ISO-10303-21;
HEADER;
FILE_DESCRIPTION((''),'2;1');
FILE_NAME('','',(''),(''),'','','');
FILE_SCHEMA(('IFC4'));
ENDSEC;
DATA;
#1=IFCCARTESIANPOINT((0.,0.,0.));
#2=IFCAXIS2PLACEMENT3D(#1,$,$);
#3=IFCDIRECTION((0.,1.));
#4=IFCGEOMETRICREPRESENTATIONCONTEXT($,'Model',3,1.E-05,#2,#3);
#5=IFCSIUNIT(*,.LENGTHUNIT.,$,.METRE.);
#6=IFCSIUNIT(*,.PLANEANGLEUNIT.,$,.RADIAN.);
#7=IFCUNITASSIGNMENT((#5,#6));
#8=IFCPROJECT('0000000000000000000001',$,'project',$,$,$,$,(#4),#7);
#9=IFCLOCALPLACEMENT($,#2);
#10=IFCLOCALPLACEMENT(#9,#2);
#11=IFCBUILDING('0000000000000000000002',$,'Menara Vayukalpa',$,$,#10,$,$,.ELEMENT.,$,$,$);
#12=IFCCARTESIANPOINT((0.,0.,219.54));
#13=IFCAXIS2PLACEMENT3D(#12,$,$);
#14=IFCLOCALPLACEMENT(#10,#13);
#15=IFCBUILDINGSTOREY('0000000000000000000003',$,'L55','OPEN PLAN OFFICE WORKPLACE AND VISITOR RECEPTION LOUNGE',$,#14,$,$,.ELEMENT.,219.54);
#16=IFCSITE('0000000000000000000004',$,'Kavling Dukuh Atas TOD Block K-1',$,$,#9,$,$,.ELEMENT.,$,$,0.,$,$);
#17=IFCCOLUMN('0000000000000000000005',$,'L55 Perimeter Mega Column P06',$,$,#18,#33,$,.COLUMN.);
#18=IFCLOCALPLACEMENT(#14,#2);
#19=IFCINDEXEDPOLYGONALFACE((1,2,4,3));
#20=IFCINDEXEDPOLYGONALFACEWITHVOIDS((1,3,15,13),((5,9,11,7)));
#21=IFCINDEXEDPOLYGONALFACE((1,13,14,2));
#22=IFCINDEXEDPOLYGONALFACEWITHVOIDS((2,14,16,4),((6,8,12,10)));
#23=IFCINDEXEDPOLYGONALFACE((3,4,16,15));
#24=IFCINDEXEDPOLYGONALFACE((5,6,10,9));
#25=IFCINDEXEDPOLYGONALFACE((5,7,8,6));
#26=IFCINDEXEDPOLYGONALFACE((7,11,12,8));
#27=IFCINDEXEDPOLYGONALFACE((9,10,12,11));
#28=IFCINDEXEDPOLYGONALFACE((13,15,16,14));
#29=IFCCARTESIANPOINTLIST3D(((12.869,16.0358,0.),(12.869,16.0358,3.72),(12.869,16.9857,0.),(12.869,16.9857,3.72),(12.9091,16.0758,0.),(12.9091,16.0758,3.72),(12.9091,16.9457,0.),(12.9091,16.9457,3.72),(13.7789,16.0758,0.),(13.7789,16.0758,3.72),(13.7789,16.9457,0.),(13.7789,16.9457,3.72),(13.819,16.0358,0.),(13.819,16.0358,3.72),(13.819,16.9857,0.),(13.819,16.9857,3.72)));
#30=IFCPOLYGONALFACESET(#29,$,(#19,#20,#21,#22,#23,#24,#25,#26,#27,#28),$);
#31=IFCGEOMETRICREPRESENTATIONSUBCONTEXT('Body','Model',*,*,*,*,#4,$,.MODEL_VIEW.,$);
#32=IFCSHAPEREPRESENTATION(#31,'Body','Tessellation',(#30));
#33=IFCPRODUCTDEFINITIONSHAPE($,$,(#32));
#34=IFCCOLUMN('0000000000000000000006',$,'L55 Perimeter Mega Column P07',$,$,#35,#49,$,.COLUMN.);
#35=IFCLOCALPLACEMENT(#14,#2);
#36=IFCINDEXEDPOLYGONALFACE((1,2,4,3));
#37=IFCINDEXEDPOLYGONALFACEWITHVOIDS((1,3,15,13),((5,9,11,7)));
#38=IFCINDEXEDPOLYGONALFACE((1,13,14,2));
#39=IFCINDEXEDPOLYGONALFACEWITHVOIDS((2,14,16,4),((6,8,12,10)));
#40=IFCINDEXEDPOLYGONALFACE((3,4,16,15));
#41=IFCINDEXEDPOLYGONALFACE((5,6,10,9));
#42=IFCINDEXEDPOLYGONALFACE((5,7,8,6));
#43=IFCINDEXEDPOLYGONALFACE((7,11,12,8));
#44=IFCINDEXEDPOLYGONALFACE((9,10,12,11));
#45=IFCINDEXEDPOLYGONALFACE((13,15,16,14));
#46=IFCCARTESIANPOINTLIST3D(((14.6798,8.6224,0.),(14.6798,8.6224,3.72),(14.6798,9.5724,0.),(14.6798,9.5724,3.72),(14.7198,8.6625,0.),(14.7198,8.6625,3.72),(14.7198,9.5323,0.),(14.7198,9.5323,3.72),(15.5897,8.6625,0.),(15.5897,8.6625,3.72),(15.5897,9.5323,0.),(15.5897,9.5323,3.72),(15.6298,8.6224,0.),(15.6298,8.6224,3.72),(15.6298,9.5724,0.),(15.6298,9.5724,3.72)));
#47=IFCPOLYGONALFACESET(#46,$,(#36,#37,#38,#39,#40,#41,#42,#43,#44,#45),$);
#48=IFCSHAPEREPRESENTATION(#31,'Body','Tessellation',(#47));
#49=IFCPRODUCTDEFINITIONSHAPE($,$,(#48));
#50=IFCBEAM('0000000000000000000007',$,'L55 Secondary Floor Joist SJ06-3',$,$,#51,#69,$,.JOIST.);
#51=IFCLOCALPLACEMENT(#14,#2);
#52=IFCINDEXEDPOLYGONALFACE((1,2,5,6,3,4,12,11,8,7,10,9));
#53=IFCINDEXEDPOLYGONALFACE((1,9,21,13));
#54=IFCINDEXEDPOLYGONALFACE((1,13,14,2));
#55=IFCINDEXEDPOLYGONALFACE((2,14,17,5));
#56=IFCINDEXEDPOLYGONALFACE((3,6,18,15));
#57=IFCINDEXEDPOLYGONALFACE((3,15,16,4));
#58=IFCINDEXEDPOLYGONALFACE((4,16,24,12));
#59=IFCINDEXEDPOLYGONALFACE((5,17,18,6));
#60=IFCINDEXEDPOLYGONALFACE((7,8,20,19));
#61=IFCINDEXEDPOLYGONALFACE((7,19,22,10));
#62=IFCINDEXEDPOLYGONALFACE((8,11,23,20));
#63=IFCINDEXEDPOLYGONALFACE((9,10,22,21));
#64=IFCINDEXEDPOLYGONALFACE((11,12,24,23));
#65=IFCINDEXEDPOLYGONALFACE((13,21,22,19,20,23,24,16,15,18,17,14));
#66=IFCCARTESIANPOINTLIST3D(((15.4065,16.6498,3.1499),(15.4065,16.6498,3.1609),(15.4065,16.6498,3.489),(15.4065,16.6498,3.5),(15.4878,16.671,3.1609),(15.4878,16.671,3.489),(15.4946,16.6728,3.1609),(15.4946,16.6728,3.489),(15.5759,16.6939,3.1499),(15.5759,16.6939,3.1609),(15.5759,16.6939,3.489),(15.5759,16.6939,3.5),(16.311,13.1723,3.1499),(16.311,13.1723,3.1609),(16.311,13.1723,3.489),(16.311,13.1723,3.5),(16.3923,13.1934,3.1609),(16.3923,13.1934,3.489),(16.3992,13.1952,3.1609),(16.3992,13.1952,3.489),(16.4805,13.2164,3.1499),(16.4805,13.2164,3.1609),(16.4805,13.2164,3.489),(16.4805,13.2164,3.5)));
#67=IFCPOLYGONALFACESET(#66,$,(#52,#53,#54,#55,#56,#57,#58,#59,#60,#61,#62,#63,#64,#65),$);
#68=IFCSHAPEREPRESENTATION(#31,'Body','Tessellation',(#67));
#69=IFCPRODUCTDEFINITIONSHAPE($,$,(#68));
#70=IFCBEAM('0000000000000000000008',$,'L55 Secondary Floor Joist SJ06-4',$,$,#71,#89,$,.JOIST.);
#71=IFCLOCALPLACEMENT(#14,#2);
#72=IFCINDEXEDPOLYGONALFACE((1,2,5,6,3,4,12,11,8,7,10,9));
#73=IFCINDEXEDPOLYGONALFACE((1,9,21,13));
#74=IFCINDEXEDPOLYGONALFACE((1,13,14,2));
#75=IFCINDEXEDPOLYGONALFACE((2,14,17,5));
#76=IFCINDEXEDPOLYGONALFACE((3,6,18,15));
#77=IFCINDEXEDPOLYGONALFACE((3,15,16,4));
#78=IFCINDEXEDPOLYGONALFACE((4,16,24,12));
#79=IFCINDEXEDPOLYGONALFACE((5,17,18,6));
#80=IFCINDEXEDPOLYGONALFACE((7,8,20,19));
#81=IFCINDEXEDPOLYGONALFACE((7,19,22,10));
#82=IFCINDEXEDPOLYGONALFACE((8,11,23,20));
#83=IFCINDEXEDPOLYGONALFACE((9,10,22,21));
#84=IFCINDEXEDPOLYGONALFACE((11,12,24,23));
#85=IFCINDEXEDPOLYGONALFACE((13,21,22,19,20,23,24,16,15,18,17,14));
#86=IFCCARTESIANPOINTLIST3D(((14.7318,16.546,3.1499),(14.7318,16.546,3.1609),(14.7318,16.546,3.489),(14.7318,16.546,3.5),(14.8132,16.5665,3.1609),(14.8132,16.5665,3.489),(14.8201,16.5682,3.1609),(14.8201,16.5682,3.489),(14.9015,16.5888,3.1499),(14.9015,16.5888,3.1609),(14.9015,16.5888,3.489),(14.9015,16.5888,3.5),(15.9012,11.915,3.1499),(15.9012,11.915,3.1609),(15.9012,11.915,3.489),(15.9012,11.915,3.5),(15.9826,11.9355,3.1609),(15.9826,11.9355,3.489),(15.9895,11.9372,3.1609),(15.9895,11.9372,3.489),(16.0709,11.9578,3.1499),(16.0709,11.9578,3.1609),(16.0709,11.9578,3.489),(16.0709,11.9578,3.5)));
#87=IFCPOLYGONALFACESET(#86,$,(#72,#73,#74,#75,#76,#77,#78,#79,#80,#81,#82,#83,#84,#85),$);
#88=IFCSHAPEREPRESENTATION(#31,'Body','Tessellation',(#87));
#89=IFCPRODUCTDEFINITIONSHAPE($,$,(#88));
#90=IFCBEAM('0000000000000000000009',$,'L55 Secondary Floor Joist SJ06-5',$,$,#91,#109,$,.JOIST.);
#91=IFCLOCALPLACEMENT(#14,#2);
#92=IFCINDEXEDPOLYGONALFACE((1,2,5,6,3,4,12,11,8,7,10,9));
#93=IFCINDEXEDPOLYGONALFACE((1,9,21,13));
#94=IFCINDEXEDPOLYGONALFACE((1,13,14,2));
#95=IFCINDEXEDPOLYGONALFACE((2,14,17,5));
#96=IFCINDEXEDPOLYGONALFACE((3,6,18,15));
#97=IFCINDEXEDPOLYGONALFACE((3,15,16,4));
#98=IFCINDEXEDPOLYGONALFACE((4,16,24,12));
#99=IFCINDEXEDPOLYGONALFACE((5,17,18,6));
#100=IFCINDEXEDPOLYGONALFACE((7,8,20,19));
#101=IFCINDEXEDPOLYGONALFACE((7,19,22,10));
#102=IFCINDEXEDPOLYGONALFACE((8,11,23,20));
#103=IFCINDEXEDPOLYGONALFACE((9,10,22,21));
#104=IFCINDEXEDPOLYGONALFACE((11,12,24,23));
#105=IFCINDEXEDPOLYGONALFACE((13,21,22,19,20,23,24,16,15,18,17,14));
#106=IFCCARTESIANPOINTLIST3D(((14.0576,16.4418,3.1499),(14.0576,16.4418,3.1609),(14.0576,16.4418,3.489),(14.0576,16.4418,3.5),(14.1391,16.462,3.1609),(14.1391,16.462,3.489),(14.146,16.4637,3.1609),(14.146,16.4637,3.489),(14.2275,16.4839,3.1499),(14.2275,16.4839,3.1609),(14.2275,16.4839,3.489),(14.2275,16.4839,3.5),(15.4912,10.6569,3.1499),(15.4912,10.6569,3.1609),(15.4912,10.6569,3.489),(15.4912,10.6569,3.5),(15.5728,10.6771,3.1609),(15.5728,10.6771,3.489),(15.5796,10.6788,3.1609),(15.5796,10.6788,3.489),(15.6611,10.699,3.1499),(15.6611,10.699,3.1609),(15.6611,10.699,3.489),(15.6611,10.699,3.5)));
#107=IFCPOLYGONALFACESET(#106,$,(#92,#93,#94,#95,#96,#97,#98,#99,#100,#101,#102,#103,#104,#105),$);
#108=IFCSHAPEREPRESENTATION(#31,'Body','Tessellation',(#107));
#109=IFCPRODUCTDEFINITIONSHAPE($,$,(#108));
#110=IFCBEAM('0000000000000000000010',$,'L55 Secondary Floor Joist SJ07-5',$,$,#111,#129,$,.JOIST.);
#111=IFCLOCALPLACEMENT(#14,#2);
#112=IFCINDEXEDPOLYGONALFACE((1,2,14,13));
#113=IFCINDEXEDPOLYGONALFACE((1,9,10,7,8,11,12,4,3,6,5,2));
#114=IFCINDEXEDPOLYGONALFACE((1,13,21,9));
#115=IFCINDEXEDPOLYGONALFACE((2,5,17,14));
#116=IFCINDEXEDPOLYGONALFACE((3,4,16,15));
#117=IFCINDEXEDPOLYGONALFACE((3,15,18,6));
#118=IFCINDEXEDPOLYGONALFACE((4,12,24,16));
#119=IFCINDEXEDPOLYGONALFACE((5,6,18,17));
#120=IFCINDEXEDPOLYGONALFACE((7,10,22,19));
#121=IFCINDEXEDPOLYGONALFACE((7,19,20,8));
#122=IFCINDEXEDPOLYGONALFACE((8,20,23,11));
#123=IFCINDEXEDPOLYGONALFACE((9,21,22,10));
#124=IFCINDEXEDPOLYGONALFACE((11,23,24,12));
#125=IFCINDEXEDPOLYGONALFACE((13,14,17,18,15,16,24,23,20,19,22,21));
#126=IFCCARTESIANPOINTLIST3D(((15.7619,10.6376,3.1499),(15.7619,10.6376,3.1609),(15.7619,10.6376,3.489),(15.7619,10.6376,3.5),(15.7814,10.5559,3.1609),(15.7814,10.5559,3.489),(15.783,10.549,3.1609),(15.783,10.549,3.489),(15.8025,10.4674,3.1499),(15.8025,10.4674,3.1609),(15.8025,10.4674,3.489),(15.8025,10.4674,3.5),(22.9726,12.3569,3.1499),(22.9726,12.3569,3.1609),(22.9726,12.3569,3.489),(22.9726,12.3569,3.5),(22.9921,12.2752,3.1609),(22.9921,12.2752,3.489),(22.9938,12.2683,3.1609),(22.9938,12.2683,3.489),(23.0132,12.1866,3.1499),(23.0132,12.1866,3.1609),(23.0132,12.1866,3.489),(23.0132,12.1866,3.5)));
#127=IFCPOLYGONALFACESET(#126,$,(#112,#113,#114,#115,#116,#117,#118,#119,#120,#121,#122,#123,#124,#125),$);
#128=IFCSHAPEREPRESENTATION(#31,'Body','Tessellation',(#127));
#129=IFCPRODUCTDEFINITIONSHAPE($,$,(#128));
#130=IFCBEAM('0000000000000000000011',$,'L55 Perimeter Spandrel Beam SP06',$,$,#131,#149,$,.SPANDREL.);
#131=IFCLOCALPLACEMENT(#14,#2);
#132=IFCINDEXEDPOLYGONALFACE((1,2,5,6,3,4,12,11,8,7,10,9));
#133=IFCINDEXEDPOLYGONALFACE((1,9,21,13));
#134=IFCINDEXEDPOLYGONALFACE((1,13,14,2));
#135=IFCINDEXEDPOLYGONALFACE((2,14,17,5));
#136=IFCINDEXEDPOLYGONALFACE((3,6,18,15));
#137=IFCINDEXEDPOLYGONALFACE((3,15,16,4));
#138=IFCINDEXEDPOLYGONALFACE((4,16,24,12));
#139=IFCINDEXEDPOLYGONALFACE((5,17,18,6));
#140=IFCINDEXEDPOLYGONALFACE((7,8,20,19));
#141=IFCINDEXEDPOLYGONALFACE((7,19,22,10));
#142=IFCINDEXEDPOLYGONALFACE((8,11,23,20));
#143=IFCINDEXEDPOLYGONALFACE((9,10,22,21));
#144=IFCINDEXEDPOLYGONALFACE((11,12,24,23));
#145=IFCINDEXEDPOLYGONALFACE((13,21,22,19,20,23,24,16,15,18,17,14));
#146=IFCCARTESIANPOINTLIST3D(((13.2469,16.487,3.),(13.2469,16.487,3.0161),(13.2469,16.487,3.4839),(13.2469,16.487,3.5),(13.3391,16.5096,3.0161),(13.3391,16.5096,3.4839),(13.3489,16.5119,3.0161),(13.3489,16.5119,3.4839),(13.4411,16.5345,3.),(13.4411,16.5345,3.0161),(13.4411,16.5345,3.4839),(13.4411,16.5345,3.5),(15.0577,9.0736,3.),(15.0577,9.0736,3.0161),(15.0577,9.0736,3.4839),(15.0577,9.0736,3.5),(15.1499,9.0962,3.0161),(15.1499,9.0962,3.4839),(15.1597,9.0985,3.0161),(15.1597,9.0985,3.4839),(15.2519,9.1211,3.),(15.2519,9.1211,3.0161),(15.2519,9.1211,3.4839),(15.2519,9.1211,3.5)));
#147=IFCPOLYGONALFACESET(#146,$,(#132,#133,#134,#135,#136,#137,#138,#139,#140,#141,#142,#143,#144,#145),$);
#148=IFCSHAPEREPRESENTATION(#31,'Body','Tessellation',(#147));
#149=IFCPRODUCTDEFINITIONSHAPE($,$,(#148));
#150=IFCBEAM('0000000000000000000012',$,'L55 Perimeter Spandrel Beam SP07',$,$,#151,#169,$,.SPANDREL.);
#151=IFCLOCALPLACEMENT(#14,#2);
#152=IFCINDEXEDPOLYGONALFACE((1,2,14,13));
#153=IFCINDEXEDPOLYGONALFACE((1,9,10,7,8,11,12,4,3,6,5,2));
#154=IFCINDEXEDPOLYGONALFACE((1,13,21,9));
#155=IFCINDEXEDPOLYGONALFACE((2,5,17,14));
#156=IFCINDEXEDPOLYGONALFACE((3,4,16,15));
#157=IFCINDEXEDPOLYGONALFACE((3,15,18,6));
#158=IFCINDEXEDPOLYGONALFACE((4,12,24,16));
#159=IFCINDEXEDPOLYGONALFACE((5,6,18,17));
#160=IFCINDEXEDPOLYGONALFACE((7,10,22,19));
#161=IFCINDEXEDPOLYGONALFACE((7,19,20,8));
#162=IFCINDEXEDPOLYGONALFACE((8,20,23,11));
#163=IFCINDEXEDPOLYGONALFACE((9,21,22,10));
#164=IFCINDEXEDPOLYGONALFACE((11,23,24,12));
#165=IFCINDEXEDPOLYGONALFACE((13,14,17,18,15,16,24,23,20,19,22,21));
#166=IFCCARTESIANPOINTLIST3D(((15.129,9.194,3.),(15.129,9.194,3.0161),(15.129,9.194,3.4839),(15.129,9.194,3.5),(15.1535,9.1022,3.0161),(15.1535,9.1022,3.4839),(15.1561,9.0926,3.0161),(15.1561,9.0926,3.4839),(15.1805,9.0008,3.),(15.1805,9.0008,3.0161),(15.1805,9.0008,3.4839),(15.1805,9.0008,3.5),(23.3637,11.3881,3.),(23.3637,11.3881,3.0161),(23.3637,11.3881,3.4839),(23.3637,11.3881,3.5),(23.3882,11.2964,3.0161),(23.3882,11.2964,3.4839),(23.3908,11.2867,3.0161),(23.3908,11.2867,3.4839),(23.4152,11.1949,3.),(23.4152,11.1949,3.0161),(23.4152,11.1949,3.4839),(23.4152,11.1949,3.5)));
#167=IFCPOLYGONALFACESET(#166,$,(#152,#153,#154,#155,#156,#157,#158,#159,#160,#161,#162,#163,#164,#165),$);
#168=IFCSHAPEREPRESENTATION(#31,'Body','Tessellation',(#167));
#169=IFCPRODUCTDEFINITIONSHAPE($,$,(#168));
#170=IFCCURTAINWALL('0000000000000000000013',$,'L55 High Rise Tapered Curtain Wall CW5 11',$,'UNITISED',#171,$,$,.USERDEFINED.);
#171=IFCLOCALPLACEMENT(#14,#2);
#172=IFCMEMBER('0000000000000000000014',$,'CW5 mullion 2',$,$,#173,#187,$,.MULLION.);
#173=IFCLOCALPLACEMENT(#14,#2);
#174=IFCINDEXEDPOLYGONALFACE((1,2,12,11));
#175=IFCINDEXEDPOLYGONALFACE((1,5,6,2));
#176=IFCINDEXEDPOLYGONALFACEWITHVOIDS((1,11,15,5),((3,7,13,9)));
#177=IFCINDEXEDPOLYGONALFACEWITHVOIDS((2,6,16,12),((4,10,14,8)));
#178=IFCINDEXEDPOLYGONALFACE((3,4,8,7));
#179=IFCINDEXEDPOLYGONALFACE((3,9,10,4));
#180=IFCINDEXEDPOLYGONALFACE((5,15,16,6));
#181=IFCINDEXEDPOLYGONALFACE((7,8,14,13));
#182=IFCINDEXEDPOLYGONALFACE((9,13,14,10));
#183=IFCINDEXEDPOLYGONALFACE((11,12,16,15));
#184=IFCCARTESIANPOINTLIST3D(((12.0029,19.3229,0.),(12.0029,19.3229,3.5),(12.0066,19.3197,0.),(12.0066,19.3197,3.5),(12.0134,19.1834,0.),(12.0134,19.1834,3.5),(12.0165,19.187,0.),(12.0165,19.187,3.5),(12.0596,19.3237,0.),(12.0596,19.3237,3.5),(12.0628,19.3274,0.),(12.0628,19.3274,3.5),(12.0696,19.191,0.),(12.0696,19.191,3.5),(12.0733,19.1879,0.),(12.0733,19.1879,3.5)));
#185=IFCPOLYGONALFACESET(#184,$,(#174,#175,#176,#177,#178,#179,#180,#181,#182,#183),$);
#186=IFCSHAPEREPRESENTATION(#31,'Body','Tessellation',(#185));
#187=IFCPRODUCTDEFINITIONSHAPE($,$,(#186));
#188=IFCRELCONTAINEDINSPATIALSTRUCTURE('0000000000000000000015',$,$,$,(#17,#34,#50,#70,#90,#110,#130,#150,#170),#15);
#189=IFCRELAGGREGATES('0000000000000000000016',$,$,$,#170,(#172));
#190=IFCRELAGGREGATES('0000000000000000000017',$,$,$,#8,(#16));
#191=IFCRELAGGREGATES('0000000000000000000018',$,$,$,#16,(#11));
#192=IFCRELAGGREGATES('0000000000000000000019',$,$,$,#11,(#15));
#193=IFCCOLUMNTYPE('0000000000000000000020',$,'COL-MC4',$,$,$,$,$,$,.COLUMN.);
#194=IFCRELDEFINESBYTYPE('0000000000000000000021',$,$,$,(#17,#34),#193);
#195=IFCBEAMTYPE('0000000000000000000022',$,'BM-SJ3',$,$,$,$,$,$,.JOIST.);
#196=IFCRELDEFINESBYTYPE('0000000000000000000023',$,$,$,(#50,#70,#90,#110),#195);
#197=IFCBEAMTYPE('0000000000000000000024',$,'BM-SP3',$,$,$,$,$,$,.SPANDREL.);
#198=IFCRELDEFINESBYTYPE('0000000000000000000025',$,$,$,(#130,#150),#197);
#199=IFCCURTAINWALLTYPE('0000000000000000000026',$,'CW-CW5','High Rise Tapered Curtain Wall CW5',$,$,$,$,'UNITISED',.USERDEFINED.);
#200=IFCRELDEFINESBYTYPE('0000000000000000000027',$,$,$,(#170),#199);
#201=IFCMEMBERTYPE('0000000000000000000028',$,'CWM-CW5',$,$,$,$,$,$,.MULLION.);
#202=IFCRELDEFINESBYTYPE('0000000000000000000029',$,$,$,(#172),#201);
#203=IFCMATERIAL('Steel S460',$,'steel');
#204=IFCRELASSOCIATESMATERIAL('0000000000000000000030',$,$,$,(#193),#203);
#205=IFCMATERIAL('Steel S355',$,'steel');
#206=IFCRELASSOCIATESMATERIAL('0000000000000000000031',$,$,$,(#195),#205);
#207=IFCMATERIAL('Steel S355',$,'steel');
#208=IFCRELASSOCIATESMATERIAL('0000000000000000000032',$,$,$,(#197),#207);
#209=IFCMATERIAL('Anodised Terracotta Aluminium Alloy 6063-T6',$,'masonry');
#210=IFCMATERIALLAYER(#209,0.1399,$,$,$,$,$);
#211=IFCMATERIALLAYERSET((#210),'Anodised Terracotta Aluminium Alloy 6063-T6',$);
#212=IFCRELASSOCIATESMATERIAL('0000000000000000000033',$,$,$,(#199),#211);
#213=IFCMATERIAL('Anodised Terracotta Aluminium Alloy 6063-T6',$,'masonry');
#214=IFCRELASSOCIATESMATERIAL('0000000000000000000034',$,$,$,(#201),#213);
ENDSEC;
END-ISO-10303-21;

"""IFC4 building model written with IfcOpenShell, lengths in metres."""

from ifc_helpers import new_model, si_unit, direction, frame, origin, origin_2d, place, context, subcontext, project, spatial, hollow_rectangle, i_section, extrude, material, layer, layer_set, material_profile, profile_set, type_object, element, aggregate, save


model = new_model("IFC4")

# Units and contexts
model_context = context("Model", 3, precision=1e-05, world=origin(), true_north=direction((0.0, 1.0)))
body_context = subcontext(model_context, "Body", "Model", "MODEL_VIEW")
ifc_project = project(units=[si_unit("LENGTHUNIT", "METRE"), si_unit("PLANEANGLEUNIT", "RADIAN")], contexts=[model_context])

# Site, building, storey
site_placement = place(None, origin())
site = spatial("IfcSite", under=ifc_project, at=site_placement, Name="Kavling Dukuh Atas TOD Block K-1", CompositionType="ELEMENT", RefElevation=0.0)
building_placement = place(site_placement, origin())
building = spatial("IfcBuilding", under=site, at=building_placement, Name="Menara Vayukalpa", CompositionType="ELEMENT")
storey_placement = place(building_placement, frame((0.0, 0.0, 219.54)))
storey = spatial("IfcBuildingStorey", under=building, at=storey_placement, Name="L55", Description="OPEN PLAN OFFICE WORKPLACE AND VISITOR RECEPTION LOUNGE", CompositionType="ELEMENT", Elevation=219.54)

# Columns
ifc_material_1 = material(Name="Steel S460", Category="steel")
ifc_material_profile_1 = material_profile(ifc_material_1, hollow_rectangle(XDim=0.95, YDim=0.95, WallThickness=0.04, at=origin_2d()), Name="BOX 950x950x40")
ifc_profile_set_1 = profile_set([ifc_material_profile_1], Name="Steel S460")
column_type = type_object("IfcColumnType", Name="COL-MC4", PredefinedType="COLUMN", material=ifc_profile_set_1)
for number, where, z_axis, x_axis, name in (
    (1, (13.344, 16.5107, 0.0), (0.0, 0.0, 1.0), (1.0, 0.0, 0.0), "L55 Perimeter Mega Column P06"),
    (2, (15.1548, 9.0974, 0.0), (0.0, 0.0, 1.0), (1.0, 0.0, 0.0), "L55 Perimeter Mega Column P07"),
):
    element("IfcColumn", number, at=place(storey_placement, frame(where, z_axis=z_axis, x_axis=x_axis)), inside=storey, type_object=column_type, Name=name, PredefinedType="COLUMN", context=body_context, shape_type="SweptSolid", body=[
        extrude(hollow_rectangle(XDim=0.95, YDim=0.95, WallThickness=0.04, at=origin_2d()), origin(), (0.0, 0.0, 1.0), 3.72),
    ])

# Beams
ifc_material_2 = material(Name="Steel S355", Category="steel")
ifc_material_profile_2 = material_profile(ifc_material_2, i_section(OverallWidth=0.175, OverallDepth=0.3501, WebThickness=0.0071, FlangeThickness=0.011, at=origin_2d()), Name="WF 350x175x7x11")
ifc_profile_set_2 = profile_set([ifc_material_profile_2], Name="Steel S355")
beam_type_1 = type_object("IfcBeamType", Name="BM-SJ3", PredefinedType="JOIST", material=ifc_profile_set_2)
beam_1_placement = place(storey_placement, frame((15.4912, 16.6719, 3.325), z_axis=(0.251733, -0.967797, 0.0), x_axis=(0.967797, 0.251733, 0.0)))
element("IfcBeam", 3, at=beam_1_placement, inside=storey, type_object=beam_type_1, Name="L55 Secondary Floor Joist SJ06-3", PredefinedType="JOIST", context=body_context, shape_type="SweptSolid", body=[
    extrude(i_section(OverallWidth=0.175, OverallDepth=0.3501, WebThickness=0.0071, FlangeThickness=0.011, at=origin_2d()), origin(), (0.0, 0.0, 1.0), 3.5933),
])
beam_2_placement = place(storey_placement, frame((14.8167, 16.5674, 3.325), z_axis=(0.244832, -0.969566, 0.0), x_axis=(0.969566, 0.244832, 0.0)))
element("IfcBeam", 4, at=beam_2_placement, inside=storey, type_object=beam_type_1, Name="L55 Secondary Floor Joist SJ06-4", PredefinedType="JOIST", context=body_context, shape_type="SweptSolid", body=[
    extrude(i_section(OverallWidth=0.175, OverallDepth=0.3501, WebThickness=0.0071, FlangeThickness=0.011, at=origin_2d()), origin(), (0.0, 0.0, 1.0), 4.7764),
])
beam_3_placement = place(storey_placement, frame((14.1426, 16.4629, 3.325), z_axis=(0.24054, -0.970639, 0.0), x_axis=(0.970639, 0.24054, 0.0)))
element("IfcBeam", 5, at=beam_3_placement, inside=storey, type_object=beam_type_1, Name="L55 Secondary Floor Joist SJ06-5", PredefinedType="JOIST", context=body_context, shape_type="SweptSolid", body=[
    extrude(i_section(OverallWidth=0.175, OverallDepth=0.3501, WebThickness=0.0071, FlangeThickness=0.011, at=origin_2d()), origin(), (0.0, 0.0, 1.0), 5.96),
])
beam_4_placement = place(storey_placement, frame((15.7822, 10.5525, 3.325), z_axis=(0.972733, 0.231928, 0.0), x_axis=(-0.231928, 0.972733, 0.0)))
element("IfcBeam", 6, at=beam_4_placement, inside=storey, type_object=beam_type_1, Name="L55 Secondary Floor Joist SJ07-5", PredefinedType="JOIST", context=body_context, shape_type="SweptSolid", body=[
    extrude(i_section(OverallWidth=0.175, OverallDepth=0.3501, WebThickness=0.0071, FlangeThickness=0.011, at=origin_2d()), origin(), (0.0, 0.0, 1.0), 7.4128),
])
ifc_material_3 = material(Name="Steel S355", Category="steel")
ifc_material_profile_3 = material_profile(ifc_material_3, i_section(OverallWidth=0.2, OverallDepth=0.5, WebThickness=0.01, FlangeThickness=0.0161, at=origin_2d()), Name="WF 500x200x10x16")
ifc_profile_set_3 = profile_set([ifc_material_profile_3], Name="Steel S355")
beam_type_2 = type_object("IfcBeamType", Name="BM-SP3", PredefinedType="SPANDREL", material=ifc_profile_set_3)
beam_5_placement = place(storey_placement, frame((13.344, 16.5107, 3.25), z_axis=(0.237285, -0.97144, 0.0), x_axis=(0.97144, 0.237285, 0.0)))
element("IfcBeam", 7, at=beam_5_placement, inside=storey, type_object=beam_type_2, Name="L55 Perimeter Spandrel Beam SP06", PredefinedType="SPANDREL", context=body_context, shape_type="SweptSolid", body=[
    extrude(i_section(OverallWidth=0.2, OverallDepth=0.5, WebThickness=0.01, FlangeThickness=0.0161, at=origin_2d()), origin(), (0.0, 0.0, 1.0), 7.6313),
])
beam_6_placement = place(storey_placement, frame((15.1548, 9.0974, 3.25), z_axis=(0.966288, 0.257465, 0.0), x_axis=(-0.257465, 0.966288, 0.0)))
element("IfcBeam", 8, at=beam_6_placement, inside=storey, type_object=beam_type_2, Name="L55 Perimeter Spandrel Beam SP07", PredefinedType="SPANDREL", context=body_context, shape_type="SweptSolid", body=[
    extrude(i_section(OverallWidth=0.2, OverallDepth=0.5, WebThickness=0.01, FlangeThickness=0.0161, at=origin_2d()), origin(), (0.0, 0.0, 1.0), 8.522),
])

# Curtain wall, member
ifc_material_4 = material(Name="Anodised Terracotta Aluminium Alloy 6063-T6", Category="masonry")
ifc_layer_1 = layer(ifc_material_4, 0.1399)
ifc_layer_set_1 = layer_set([ifc_layer_1], Name="Anodised Terracotta Aluminium Alloy 6063-T6")
curtain_wall_type = type_object("IfcCurtainWallType", Name="CW-CW5", Description="High Rise Tapered Curtain Wall CW5", ElementType="UNITISED", PredefinedType="USERDEFINED", material=ifc_layer_set_1)
curtain_wall_placement = place(storey_placement, origin())
curtain_wall = element("IfcCurtainWall", 9, at=curtain_wall_placement, inside=storey, type_object=curtain_wall_type, Name="L55 High Rise Tapered Curtain Wall CW5 11", ObjectType="UNITISED", PredefinedType="USERDEFINED")
ifc_material_5 = material(Name="Anodised Terracotta Aluminium Alloy 6063-T6", Category="masonry")
ifc_material_profile_4 = material_profile(ifc_material_5, hollow_rectangle(XDim=0.0601, YDim=0.1399, WallThickness=0.0034, at=origin_2d()), Name="ALU 60x140x3.5")
ifc_profile_set_4 = profile_set([ifc_material_profile_4], Name="Anodised Terracotta Aluminium Alloy 6063-T6")
member_type_1 = type_object("IfcMemberType", Name="CWM-CW5", PredefinedType="MULLION", material=ifc_profile_set_4)
member_1_placement = place(storey_placement, frame((12.0381, 19.2554, 0.0), z_axis=(0.0, 0.0, 1.0), x_axis=(0.997199, 0.074792, 0.0)))
member_1 = element("IfcMember", 10, at=member_1_placement, type_object=member_type_1, Name="CW5 mullion 2", PredefinedType="MULLION", context=body_context, shape_type="SweptSolid", body=[
    extrude(hollow_rectangle(XDim=0.0601, YDim=0.1399, WallThickness=0.0034, at=origin_2d()), origin(), (0.0, 0.0, 1.0), 3.5),
])
aggregate(curtain_wall, [member_1])

save(model, "model.ifc")
